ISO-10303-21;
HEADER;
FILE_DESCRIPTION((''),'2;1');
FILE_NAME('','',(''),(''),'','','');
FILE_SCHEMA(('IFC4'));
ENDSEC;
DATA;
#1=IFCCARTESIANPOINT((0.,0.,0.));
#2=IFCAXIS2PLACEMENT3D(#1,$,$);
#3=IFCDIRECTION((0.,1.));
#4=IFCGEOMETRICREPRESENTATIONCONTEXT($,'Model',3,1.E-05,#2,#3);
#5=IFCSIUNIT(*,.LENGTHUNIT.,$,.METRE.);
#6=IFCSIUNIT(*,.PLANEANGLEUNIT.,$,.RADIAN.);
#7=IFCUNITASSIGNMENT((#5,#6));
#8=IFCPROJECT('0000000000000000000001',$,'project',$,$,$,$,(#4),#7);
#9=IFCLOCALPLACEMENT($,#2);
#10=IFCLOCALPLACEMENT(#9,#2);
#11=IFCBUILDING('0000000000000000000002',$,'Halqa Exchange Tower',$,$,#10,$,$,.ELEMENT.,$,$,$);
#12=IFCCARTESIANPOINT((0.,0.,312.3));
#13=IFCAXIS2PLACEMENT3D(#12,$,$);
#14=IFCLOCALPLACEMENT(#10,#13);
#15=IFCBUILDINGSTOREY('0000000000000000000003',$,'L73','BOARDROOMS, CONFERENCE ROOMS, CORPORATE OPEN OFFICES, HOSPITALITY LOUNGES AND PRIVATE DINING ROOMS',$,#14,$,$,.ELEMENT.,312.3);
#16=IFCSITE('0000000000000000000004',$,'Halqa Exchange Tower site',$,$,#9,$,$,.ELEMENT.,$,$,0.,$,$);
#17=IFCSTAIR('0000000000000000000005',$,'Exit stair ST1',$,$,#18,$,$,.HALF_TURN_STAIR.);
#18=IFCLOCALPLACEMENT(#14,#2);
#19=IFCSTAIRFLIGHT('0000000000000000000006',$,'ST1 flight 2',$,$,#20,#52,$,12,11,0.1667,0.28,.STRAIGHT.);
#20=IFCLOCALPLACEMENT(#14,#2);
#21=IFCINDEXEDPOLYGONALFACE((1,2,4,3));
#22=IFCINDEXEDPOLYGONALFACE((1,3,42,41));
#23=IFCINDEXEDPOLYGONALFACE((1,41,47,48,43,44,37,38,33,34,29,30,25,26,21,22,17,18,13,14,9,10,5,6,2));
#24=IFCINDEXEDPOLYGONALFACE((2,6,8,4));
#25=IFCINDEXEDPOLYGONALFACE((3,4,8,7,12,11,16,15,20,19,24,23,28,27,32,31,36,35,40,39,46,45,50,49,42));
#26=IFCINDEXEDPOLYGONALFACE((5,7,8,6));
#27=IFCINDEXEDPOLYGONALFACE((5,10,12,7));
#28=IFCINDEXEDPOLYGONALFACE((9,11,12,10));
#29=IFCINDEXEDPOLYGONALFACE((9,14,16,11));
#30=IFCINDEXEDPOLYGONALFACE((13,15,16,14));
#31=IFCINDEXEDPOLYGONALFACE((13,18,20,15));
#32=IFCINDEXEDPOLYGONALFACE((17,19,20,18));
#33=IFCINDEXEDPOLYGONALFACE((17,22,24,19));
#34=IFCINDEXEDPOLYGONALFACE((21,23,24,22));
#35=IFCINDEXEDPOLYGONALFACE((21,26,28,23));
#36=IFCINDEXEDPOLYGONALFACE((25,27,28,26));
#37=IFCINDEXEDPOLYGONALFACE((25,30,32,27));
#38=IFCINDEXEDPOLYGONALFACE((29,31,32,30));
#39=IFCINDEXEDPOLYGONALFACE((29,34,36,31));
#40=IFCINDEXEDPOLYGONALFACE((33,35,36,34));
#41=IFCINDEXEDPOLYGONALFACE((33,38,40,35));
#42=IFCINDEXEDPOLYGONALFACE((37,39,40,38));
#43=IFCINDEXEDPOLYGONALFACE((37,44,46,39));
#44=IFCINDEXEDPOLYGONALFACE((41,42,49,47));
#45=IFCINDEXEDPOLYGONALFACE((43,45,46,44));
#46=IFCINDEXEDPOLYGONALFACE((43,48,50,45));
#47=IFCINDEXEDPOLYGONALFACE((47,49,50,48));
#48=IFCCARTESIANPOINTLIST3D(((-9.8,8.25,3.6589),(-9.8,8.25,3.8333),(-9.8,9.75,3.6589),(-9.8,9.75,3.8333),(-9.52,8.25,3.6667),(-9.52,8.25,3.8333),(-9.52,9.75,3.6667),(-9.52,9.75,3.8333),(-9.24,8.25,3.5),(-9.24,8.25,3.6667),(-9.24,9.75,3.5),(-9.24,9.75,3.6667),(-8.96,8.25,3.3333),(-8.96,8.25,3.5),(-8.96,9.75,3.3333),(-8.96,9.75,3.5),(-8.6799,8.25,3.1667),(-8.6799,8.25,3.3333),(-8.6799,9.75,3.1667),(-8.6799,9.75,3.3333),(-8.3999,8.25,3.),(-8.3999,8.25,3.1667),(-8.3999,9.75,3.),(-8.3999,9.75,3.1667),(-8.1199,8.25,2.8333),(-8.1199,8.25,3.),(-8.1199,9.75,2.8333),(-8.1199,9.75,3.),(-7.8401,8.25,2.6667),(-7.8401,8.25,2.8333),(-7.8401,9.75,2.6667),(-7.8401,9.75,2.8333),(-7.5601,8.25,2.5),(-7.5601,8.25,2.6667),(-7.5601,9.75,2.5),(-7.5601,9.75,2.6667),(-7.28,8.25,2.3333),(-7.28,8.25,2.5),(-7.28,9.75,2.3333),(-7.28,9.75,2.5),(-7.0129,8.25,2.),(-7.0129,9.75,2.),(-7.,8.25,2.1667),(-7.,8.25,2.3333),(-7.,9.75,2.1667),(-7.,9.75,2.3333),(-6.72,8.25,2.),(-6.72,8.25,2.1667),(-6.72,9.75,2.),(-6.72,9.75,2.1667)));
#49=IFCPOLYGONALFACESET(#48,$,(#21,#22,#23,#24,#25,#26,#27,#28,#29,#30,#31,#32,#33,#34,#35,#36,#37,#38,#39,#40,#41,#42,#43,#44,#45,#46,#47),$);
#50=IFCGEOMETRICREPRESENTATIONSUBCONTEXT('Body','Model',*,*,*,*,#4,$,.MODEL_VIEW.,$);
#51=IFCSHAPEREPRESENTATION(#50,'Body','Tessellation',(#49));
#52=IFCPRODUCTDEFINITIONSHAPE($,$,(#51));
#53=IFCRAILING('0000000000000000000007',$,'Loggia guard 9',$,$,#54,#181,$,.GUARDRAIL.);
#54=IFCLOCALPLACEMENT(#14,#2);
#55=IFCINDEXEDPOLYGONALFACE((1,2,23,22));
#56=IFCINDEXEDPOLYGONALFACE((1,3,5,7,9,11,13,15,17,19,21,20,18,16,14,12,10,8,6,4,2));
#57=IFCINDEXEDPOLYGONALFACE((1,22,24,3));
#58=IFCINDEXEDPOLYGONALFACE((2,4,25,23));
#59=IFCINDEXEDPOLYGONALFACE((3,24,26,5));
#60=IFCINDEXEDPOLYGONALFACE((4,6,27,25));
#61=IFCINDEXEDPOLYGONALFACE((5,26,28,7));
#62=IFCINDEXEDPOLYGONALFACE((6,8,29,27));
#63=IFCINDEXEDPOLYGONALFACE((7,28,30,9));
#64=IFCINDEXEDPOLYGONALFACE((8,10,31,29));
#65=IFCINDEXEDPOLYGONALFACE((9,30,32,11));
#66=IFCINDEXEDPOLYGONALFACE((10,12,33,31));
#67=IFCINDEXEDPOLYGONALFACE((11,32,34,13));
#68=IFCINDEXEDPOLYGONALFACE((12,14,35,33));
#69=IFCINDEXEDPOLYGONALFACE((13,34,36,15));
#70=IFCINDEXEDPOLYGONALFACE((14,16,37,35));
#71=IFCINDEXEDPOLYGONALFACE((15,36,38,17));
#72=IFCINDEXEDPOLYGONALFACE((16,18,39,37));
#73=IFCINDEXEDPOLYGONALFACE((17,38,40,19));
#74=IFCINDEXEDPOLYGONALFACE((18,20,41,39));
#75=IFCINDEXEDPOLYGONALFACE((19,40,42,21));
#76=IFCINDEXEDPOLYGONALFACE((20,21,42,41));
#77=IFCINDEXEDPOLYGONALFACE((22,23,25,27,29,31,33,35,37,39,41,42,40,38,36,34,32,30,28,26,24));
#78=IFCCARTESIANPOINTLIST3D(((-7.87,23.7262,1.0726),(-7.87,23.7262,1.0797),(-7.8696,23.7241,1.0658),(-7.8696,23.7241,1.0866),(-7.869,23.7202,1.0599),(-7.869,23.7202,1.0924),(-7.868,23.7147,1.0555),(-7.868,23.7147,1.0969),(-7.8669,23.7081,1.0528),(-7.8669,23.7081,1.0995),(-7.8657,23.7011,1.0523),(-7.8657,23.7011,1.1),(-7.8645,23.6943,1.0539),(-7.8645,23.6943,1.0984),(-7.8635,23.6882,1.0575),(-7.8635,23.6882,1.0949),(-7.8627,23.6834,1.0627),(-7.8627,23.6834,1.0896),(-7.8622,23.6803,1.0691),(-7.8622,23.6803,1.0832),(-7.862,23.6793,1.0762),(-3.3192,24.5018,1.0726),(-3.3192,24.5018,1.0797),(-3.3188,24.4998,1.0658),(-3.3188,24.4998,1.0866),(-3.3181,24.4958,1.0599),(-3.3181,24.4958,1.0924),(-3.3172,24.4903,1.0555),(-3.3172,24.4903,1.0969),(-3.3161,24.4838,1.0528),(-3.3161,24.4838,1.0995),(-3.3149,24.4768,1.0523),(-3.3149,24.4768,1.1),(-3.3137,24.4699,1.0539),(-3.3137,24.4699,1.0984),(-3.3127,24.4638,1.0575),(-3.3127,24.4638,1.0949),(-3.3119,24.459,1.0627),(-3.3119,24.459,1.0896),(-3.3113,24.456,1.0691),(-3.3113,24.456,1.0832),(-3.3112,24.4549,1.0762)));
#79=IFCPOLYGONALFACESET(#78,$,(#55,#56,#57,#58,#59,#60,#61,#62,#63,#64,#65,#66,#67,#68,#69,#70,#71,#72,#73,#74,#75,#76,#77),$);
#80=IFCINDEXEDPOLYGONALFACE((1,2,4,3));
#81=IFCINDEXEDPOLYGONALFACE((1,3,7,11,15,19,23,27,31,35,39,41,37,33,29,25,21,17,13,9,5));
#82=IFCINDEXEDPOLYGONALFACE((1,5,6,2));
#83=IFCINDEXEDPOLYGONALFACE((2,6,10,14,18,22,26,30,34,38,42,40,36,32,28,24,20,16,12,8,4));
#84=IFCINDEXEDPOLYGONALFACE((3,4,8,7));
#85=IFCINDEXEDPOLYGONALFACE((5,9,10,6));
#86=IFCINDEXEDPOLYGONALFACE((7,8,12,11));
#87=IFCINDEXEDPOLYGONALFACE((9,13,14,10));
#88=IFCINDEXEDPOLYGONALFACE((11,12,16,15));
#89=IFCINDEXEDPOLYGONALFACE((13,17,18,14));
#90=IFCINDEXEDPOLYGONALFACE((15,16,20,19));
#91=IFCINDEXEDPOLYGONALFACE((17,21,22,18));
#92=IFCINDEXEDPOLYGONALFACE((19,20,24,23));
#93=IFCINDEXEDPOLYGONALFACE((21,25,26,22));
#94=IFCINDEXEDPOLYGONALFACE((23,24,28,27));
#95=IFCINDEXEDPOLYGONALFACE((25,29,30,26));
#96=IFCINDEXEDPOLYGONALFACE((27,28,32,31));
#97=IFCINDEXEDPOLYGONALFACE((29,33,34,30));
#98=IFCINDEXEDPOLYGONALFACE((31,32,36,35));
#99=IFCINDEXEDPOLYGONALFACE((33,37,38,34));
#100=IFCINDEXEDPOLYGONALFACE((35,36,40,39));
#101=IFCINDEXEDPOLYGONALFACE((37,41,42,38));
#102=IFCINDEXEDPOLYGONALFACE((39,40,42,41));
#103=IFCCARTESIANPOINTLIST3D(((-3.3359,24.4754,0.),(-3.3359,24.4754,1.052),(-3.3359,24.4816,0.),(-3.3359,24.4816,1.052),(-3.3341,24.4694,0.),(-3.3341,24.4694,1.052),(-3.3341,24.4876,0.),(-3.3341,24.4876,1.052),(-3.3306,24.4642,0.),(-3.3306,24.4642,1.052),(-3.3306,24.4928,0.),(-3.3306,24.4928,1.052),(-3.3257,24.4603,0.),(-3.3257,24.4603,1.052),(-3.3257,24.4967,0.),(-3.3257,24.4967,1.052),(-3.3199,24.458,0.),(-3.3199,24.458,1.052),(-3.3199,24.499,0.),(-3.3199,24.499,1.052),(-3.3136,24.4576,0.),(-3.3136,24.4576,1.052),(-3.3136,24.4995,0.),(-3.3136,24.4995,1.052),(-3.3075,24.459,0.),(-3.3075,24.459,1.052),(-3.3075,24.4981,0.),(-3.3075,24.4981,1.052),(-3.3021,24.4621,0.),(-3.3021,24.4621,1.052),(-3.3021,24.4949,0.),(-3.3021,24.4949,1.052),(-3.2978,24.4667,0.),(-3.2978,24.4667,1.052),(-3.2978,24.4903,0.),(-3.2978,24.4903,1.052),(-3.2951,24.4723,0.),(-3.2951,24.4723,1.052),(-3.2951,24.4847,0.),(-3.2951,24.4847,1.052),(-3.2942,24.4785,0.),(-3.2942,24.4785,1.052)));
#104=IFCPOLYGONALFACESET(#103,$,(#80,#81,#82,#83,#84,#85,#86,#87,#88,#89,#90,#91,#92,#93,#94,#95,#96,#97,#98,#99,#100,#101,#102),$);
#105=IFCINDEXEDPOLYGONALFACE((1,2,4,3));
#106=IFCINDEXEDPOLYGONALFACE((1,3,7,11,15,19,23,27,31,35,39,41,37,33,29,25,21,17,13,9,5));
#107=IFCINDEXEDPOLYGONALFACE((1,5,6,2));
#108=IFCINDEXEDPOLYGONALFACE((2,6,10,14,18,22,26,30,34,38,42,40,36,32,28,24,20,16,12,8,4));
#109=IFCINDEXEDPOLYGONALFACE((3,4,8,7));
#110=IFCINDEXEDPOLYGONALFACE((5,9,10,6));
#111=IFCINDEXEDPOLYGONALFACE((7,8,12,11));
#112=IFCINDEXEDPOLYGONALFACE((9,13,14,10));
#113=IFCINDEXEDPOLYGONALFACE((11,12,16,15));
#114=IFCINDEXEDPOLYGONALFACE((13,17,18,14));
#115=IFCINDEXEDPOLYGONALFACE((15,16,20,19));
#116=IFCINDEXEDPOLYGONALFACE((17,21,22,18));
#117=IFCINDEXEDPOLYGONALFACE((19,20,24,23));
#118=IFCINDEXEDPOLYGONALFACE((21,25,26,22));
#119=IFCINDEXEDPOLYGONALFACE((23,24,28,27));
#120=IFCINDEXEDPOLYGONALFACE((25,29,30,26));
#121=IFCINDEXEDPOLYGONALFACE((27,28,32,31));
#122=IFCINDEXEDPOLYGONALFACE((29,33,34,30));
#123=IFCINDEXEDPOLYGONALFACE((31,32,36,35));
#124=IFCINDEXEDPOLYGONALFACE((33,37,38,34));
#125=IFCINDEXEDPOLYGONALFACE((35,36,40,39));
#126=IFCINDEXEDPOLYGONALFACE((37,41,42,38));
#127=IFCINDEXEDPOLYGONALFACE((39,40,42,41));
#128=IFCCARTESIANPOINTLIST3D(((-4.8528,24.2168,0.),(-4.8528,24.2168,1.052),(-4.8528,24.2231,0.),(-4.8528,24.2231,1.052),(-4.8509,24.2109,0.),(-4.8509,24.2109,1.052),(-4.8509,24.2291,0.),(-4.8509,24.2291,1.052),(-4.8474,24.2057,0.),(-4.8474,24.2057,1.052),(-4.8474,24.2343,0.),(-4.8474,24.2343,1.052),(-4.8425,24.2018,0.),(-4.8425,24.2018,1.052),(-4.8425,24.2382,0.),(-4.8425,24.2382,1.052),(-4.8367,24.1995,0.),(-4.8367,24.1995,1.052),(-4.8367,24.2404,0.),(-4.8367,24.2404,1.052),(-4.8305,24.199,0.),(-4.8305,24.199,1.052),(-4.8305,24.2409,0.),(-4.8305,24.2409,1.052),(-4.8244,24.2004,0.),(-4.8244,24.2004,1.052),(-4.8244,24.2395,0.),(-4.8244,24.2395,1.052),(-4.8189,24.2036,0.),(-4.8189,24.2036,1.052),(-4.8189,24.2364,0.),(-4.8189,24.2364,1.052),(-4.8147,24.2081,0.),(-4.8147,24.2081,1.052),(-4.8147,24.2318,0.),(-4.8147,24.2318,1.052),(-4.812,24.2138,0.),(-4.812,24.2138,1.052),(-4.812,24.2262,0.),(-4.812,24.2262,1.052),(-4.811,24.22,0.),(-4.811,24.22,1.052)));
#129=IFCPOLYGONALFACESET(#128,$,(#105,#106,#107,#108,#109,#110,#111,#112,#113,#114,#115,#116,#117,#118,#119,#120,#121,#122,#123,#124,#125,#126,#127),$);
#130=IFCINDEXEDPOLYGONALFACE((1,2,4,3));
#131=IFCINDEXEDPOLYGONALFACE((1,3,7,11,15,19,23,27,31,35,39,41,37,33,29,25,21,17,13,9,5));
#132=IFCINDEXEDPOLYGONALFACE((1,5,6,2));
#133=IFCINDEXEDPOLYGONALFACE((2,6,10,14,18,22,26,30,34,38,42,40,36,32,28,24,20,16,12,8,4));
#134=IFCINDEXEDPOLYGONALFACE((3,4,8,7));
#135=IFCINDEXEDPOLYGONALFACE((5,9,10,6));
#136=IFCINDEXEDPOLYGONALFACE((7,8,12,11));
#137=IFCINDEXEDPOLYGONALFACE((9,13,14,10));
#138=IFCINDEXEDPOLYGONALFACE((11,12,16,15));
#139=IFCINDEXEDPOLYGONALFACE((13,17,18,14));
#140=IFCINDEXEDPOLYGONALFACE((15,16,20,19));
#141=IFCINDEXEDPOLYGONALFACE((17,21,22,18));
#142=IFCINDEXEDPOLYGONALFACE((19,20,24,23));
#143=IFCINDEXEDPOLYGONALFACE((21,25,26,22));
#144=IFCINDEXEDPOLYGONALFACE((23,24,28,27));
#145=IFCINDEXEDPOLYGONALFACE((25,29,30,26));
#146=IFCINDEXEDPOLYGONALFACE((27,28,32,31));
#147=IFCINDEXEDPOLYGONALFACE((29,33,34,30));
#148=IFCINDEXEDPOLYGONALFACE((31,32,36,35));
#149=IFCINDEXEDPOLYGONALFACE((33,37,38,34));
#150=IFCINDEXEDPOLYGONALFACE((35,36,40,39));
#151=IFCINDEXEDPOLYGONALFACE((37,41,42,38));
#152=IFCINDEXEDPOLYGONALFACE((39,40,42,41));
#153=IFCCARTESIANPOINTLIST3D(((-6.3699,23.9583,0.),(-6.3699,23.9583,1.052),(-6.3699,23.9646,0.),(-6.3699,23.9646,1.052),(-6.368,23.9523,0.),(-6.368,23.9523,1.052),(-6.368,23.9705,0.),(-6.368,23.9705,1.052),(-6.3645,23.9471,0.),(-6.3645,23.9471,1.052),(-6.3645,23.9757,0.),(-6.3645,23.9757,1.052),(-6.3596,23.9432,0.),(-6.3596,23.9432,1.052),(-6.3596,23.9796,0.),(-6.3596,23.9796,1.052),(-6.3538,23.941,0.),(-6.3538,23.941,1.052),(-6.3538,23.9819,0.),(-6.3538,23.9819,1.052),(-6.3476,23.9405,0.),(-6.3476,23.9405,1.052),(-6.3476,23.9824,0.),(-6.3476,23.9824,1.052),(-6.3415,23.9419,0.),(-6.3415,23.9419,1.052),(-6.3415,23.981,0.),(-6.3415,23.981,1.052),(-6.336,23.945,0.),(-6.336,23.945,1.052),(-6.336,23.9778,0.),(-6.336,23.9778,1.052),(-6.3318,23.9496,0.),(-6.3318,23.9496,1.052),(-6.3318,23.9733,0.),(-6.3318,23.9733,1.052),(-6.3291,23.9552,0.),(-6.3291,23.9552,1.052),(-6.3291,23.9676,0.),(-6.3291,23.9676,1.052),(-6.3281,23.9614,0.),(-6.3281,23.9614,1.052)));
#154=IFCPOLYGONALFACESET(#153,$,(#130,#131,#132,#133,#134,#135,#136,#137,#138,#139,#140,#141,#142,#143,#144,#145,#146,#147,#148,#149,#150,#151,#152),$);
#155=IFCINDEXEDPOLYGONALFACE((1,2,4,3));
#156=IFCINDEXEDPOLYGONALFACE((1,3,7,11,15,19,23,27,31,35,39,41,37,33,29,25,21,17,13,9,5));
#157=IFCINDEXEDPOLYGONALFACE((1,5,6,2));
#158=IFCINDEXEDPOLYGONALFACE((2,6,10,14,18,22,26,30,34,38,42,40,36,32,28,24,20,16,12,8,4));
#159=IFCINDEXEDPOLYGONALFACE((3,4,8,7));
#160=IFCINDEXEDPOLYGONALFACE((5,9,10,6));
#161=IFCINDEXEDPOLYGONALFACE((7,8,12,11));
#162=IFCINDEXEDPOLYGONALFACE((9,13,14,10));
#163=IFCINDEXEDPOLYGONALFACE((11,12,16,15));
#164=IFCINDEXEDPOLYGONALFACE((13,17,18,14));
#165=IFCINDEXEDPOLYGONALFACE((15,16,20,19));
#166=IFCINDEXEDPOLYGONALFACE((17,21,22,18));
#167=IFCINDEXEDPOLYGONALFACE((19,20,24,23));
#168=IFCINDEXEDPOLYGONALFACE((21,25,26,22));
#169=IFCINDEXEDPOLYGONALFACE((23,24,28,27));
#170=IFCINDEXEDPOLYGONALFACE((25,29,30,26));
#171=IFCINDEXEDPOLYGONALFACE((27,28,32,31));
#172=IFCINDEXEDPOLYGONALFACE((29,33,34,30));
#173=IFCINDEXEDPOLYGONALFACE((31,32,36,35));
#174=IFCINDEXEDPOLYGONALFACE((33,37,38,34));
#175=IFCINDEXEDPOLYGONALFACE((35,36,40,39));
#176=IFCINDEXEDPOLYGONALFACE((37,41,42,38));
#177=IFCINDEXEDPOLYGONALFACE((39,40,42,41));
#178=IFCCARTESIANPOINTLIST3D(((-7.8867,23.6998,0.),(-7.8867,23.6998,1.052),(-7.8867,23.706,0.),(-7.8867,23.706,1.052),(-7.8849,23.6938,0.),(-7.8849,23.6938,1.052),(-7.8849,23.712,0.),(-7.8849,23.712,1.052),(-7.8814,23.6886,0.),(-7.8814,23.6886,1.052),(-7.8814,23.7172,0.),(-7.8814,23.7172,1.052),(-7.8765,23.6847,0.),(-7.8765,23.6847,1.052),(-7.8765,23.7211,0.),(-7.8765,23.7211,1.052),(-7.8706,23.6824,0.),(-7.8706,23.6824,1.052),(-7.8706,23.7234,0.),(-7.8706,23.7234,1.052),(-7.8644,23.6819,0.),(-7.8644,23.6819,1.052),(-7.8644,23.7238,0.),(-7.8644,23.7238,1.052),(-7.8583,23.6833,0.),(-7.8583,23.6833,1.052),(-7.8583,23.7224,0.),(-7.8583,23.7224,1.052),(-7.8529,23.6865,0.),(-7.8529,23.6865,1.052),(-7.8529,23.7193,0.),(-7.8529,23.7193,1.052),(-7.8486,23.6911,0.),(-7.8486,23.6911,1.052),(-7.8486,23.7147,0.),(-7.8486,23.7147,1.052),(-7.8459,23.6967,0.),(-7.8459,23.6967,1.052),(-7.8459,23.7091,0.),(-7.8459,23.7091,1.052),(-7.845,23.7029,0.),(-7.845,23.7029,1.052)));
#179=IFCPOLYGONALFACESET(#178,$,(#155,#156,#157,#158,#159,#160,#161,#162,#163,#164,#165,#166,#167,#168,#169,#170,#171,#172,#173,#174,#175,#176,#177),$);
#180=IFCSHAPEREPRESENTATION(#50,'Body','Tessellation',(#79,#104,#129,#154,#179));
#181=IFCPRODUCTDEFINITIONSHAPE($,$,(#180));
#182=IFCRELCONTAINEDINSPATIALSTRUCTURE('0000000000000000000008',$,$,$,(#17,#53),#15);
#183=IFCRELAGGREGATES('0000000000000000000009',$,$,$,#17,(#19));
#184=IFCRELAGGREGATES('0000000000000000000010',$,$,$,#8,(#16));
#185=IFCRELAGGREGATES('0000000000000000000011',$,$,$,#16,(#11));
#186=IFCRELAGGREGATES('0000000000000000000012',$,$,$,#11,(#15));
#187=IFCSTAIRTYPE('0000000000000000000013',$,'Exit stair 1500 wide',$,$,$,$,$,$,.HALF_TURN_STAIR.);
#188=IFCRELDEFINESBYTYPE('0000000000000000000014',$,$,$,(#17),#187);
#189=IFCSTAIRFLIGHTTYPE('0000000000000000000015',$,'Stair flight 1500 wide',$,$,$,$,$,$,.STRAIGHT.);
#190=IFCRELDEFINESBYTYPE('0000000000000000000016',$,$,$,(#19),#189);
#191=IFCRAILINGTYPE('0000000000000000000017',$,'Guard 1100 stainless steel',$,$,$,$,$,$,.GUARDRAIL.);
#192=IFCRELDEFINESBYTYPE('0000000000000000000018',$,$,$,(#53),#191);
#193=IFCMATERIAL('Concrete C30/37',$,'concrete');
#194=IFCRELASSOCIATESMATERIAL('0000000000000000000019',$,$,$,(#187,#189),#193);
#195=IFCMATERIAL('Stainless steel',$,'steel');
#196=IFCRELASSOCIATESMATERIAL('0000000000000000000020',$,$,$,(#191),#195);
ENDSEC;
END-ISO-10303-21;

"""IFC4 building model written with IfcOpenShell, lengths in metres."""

from ifc_helpers import new_model, si_unit, direction, frame, origin, origin_2d, place, context, subcontext, project, spatial, polyline, circle, outline, extrude, material, type_object, element, aggregate, save


model = new_model("IFC4")

# Units and contexts
model_context = context("Model", 3, precision=1e-05, world=origin(), true_north=direction((0.0, 1.0)))
body_context = subcontext(model_context, "Body", "Model", "MODEL_VIEW")
ifc_project = project(units=[si_unit("LENGTHUNIT", "METRE"), si_unit("PLANEANGLEUNIT", "RADIAN")], contexts=[model_context])

# Site, building, storey
site_placement = place(None, origin())
site = spatial("IfcSite", under=ifc_project, at=site_placement, Name="Halqa Exchange Tower site", CompositionType="ELEMENT", RefElevation=0.0)
building_placement = place(site_placement, origin())
building = spatial("IfcBuilding", under=site, at=building_placement, Name="Halqa Exchange Tower", CompositionType="ELEMENT")
storey_placement = place(building_placement, frame((0.0, 0.0, 312.3)))
storey = spatial("IfcBuildingStorey", under=building, at=storey_placement, Name="L73", Description="BOARDROOMS, CONFERENCE ROOMS, CORPORATE OPEN OFFICES, HOSPITALITY LOUNGES AND PRIVATE DINING ROOMS", CompositionType="ELEMENT", Elevation=312.3)

# Shared definitions
ifc_material_1 = material(Name="Concrete C30/37", Category="concrete")

# Stair, stair flight
stair_type = type_object("IfcStairType", Name="Exit stair 1500 wide", PredefinedType="HALF_TURN_STAIR", material=ifc_material_1)
stair_placement = place(storey_placement, origin())
stair = element("IfcStair", 1, at=stair_placement, inside=storey, type_object=stair_type, Name="Exit stair ST1", PredefinedType="HALF_TURN_STAIR")
stair_flight_type = type_object("IfcStairFlightType", Name="Stair flight 1500 wide", PredefinedType="STRAIGHT", material=ifc_material_1)
stair_flight_placement = place(storey_placement, frame((-6.72, 9.0, 2.0), z_axis=(0.0, 0.0, 1.0), x_axis=(-1.0, 0.0, 0.0)))
stair_flight = element("IfcStairFlight", 2, at=stair_flight_placement, type_object=stair_flight_type, Name="ST1 flight 2", NumberOfRisers=12, NumberOfTreads=11, PredefinedType="STRAIGHT", RiserHeight=0.1667, TreadLength=0.28, context=body_context, shape_type="SweptSolid", body=[
    extrude(outline(polyline([(0.0, 0.0), (0.0, 0.1667), (0.28, 0.1667), (0.28, 0.3333), (0.5601, 0.3333), (0.5601, 0.5), (0.8401, 0.5), (0.8401, 0.6667), (1.1201, 0.6667), (1.1201, 0.8333), (1.3999, 0.8333), (1.3999, 1.0), (1.6799, 1.0), (1.6799, 1.1667), (1.96, 1.1667), (1.96, 1.3333), (2.24, 1.3333), (2.24, 1.5), (2.52, 1.5), (2.52, 1.6667), (2.8, 1.6667), (2.8, 1.8333), (3.0801, 1.8333), (3.0801, 2.0), (3.0801, 1.6589), (0.293, 0.0), (0.0, 0.0)])), frame((0.0, 0.75, 0.0), z_axis=(0.0, -1.0, 0.0), x_axis=(1.0, 0.0, 0.0)), (0.0, 0.0, 1.0), 1.5),
])
aggregate(stair, [stair_flight])

# Railing
ifc_material_2 = material(Name="Stainless steel", Category="steel")
railing_type_1 = type_object("IfcRailingType", Name="Guard 1100 stainless steel", PredefinedType="GUARDRAIL", material=ifc_material_2)
railing_1_placement = place(storey_placement, frame((-3.3152, 24.4785, 0.0)))
element("IfcRailing", 3, at=railing_1_placement, inside=storey, type_object=railing_type_1, Name="Loggia guard 9", PredefinedType="GUARDRAIL", context=body_context, shape_type="SweptSolid", body=[
    extrude(circle(Radius=0.0239, at=origin_2d()), frame((0.0, 0.0, 1.0762), z_axis=(-0.985784, -0.168017, 0.0), x_axis=(0.168017, -0.985784, 0.0)), (0.0, 0.0, 1.0), 4.6165),
    extrude(circle(Radius=0.021, at=origin_2d()), origin(), (0.0, 0.0, 1.0), 1.052),
    extrude(circle(Radius=0.021, at=origin_2d()), frame((-1.5168, -0.2585, 0.0)), (0.0, 0.0, 1.0), 1.052),
    extrude(circle(Radius=0.021, at=origin_2d()), frame((-3.0339, -0.5171, 0.0)), (0.0, 0.0, 1.0), 1.052),
    extrude(circle(Radius=0.021, at=origin_2d()), frame((-4.5508, -0.7756, 0.0)), (0.0, 0.0, 1.0), 1.052),
])

save(model, "model.ifc")
